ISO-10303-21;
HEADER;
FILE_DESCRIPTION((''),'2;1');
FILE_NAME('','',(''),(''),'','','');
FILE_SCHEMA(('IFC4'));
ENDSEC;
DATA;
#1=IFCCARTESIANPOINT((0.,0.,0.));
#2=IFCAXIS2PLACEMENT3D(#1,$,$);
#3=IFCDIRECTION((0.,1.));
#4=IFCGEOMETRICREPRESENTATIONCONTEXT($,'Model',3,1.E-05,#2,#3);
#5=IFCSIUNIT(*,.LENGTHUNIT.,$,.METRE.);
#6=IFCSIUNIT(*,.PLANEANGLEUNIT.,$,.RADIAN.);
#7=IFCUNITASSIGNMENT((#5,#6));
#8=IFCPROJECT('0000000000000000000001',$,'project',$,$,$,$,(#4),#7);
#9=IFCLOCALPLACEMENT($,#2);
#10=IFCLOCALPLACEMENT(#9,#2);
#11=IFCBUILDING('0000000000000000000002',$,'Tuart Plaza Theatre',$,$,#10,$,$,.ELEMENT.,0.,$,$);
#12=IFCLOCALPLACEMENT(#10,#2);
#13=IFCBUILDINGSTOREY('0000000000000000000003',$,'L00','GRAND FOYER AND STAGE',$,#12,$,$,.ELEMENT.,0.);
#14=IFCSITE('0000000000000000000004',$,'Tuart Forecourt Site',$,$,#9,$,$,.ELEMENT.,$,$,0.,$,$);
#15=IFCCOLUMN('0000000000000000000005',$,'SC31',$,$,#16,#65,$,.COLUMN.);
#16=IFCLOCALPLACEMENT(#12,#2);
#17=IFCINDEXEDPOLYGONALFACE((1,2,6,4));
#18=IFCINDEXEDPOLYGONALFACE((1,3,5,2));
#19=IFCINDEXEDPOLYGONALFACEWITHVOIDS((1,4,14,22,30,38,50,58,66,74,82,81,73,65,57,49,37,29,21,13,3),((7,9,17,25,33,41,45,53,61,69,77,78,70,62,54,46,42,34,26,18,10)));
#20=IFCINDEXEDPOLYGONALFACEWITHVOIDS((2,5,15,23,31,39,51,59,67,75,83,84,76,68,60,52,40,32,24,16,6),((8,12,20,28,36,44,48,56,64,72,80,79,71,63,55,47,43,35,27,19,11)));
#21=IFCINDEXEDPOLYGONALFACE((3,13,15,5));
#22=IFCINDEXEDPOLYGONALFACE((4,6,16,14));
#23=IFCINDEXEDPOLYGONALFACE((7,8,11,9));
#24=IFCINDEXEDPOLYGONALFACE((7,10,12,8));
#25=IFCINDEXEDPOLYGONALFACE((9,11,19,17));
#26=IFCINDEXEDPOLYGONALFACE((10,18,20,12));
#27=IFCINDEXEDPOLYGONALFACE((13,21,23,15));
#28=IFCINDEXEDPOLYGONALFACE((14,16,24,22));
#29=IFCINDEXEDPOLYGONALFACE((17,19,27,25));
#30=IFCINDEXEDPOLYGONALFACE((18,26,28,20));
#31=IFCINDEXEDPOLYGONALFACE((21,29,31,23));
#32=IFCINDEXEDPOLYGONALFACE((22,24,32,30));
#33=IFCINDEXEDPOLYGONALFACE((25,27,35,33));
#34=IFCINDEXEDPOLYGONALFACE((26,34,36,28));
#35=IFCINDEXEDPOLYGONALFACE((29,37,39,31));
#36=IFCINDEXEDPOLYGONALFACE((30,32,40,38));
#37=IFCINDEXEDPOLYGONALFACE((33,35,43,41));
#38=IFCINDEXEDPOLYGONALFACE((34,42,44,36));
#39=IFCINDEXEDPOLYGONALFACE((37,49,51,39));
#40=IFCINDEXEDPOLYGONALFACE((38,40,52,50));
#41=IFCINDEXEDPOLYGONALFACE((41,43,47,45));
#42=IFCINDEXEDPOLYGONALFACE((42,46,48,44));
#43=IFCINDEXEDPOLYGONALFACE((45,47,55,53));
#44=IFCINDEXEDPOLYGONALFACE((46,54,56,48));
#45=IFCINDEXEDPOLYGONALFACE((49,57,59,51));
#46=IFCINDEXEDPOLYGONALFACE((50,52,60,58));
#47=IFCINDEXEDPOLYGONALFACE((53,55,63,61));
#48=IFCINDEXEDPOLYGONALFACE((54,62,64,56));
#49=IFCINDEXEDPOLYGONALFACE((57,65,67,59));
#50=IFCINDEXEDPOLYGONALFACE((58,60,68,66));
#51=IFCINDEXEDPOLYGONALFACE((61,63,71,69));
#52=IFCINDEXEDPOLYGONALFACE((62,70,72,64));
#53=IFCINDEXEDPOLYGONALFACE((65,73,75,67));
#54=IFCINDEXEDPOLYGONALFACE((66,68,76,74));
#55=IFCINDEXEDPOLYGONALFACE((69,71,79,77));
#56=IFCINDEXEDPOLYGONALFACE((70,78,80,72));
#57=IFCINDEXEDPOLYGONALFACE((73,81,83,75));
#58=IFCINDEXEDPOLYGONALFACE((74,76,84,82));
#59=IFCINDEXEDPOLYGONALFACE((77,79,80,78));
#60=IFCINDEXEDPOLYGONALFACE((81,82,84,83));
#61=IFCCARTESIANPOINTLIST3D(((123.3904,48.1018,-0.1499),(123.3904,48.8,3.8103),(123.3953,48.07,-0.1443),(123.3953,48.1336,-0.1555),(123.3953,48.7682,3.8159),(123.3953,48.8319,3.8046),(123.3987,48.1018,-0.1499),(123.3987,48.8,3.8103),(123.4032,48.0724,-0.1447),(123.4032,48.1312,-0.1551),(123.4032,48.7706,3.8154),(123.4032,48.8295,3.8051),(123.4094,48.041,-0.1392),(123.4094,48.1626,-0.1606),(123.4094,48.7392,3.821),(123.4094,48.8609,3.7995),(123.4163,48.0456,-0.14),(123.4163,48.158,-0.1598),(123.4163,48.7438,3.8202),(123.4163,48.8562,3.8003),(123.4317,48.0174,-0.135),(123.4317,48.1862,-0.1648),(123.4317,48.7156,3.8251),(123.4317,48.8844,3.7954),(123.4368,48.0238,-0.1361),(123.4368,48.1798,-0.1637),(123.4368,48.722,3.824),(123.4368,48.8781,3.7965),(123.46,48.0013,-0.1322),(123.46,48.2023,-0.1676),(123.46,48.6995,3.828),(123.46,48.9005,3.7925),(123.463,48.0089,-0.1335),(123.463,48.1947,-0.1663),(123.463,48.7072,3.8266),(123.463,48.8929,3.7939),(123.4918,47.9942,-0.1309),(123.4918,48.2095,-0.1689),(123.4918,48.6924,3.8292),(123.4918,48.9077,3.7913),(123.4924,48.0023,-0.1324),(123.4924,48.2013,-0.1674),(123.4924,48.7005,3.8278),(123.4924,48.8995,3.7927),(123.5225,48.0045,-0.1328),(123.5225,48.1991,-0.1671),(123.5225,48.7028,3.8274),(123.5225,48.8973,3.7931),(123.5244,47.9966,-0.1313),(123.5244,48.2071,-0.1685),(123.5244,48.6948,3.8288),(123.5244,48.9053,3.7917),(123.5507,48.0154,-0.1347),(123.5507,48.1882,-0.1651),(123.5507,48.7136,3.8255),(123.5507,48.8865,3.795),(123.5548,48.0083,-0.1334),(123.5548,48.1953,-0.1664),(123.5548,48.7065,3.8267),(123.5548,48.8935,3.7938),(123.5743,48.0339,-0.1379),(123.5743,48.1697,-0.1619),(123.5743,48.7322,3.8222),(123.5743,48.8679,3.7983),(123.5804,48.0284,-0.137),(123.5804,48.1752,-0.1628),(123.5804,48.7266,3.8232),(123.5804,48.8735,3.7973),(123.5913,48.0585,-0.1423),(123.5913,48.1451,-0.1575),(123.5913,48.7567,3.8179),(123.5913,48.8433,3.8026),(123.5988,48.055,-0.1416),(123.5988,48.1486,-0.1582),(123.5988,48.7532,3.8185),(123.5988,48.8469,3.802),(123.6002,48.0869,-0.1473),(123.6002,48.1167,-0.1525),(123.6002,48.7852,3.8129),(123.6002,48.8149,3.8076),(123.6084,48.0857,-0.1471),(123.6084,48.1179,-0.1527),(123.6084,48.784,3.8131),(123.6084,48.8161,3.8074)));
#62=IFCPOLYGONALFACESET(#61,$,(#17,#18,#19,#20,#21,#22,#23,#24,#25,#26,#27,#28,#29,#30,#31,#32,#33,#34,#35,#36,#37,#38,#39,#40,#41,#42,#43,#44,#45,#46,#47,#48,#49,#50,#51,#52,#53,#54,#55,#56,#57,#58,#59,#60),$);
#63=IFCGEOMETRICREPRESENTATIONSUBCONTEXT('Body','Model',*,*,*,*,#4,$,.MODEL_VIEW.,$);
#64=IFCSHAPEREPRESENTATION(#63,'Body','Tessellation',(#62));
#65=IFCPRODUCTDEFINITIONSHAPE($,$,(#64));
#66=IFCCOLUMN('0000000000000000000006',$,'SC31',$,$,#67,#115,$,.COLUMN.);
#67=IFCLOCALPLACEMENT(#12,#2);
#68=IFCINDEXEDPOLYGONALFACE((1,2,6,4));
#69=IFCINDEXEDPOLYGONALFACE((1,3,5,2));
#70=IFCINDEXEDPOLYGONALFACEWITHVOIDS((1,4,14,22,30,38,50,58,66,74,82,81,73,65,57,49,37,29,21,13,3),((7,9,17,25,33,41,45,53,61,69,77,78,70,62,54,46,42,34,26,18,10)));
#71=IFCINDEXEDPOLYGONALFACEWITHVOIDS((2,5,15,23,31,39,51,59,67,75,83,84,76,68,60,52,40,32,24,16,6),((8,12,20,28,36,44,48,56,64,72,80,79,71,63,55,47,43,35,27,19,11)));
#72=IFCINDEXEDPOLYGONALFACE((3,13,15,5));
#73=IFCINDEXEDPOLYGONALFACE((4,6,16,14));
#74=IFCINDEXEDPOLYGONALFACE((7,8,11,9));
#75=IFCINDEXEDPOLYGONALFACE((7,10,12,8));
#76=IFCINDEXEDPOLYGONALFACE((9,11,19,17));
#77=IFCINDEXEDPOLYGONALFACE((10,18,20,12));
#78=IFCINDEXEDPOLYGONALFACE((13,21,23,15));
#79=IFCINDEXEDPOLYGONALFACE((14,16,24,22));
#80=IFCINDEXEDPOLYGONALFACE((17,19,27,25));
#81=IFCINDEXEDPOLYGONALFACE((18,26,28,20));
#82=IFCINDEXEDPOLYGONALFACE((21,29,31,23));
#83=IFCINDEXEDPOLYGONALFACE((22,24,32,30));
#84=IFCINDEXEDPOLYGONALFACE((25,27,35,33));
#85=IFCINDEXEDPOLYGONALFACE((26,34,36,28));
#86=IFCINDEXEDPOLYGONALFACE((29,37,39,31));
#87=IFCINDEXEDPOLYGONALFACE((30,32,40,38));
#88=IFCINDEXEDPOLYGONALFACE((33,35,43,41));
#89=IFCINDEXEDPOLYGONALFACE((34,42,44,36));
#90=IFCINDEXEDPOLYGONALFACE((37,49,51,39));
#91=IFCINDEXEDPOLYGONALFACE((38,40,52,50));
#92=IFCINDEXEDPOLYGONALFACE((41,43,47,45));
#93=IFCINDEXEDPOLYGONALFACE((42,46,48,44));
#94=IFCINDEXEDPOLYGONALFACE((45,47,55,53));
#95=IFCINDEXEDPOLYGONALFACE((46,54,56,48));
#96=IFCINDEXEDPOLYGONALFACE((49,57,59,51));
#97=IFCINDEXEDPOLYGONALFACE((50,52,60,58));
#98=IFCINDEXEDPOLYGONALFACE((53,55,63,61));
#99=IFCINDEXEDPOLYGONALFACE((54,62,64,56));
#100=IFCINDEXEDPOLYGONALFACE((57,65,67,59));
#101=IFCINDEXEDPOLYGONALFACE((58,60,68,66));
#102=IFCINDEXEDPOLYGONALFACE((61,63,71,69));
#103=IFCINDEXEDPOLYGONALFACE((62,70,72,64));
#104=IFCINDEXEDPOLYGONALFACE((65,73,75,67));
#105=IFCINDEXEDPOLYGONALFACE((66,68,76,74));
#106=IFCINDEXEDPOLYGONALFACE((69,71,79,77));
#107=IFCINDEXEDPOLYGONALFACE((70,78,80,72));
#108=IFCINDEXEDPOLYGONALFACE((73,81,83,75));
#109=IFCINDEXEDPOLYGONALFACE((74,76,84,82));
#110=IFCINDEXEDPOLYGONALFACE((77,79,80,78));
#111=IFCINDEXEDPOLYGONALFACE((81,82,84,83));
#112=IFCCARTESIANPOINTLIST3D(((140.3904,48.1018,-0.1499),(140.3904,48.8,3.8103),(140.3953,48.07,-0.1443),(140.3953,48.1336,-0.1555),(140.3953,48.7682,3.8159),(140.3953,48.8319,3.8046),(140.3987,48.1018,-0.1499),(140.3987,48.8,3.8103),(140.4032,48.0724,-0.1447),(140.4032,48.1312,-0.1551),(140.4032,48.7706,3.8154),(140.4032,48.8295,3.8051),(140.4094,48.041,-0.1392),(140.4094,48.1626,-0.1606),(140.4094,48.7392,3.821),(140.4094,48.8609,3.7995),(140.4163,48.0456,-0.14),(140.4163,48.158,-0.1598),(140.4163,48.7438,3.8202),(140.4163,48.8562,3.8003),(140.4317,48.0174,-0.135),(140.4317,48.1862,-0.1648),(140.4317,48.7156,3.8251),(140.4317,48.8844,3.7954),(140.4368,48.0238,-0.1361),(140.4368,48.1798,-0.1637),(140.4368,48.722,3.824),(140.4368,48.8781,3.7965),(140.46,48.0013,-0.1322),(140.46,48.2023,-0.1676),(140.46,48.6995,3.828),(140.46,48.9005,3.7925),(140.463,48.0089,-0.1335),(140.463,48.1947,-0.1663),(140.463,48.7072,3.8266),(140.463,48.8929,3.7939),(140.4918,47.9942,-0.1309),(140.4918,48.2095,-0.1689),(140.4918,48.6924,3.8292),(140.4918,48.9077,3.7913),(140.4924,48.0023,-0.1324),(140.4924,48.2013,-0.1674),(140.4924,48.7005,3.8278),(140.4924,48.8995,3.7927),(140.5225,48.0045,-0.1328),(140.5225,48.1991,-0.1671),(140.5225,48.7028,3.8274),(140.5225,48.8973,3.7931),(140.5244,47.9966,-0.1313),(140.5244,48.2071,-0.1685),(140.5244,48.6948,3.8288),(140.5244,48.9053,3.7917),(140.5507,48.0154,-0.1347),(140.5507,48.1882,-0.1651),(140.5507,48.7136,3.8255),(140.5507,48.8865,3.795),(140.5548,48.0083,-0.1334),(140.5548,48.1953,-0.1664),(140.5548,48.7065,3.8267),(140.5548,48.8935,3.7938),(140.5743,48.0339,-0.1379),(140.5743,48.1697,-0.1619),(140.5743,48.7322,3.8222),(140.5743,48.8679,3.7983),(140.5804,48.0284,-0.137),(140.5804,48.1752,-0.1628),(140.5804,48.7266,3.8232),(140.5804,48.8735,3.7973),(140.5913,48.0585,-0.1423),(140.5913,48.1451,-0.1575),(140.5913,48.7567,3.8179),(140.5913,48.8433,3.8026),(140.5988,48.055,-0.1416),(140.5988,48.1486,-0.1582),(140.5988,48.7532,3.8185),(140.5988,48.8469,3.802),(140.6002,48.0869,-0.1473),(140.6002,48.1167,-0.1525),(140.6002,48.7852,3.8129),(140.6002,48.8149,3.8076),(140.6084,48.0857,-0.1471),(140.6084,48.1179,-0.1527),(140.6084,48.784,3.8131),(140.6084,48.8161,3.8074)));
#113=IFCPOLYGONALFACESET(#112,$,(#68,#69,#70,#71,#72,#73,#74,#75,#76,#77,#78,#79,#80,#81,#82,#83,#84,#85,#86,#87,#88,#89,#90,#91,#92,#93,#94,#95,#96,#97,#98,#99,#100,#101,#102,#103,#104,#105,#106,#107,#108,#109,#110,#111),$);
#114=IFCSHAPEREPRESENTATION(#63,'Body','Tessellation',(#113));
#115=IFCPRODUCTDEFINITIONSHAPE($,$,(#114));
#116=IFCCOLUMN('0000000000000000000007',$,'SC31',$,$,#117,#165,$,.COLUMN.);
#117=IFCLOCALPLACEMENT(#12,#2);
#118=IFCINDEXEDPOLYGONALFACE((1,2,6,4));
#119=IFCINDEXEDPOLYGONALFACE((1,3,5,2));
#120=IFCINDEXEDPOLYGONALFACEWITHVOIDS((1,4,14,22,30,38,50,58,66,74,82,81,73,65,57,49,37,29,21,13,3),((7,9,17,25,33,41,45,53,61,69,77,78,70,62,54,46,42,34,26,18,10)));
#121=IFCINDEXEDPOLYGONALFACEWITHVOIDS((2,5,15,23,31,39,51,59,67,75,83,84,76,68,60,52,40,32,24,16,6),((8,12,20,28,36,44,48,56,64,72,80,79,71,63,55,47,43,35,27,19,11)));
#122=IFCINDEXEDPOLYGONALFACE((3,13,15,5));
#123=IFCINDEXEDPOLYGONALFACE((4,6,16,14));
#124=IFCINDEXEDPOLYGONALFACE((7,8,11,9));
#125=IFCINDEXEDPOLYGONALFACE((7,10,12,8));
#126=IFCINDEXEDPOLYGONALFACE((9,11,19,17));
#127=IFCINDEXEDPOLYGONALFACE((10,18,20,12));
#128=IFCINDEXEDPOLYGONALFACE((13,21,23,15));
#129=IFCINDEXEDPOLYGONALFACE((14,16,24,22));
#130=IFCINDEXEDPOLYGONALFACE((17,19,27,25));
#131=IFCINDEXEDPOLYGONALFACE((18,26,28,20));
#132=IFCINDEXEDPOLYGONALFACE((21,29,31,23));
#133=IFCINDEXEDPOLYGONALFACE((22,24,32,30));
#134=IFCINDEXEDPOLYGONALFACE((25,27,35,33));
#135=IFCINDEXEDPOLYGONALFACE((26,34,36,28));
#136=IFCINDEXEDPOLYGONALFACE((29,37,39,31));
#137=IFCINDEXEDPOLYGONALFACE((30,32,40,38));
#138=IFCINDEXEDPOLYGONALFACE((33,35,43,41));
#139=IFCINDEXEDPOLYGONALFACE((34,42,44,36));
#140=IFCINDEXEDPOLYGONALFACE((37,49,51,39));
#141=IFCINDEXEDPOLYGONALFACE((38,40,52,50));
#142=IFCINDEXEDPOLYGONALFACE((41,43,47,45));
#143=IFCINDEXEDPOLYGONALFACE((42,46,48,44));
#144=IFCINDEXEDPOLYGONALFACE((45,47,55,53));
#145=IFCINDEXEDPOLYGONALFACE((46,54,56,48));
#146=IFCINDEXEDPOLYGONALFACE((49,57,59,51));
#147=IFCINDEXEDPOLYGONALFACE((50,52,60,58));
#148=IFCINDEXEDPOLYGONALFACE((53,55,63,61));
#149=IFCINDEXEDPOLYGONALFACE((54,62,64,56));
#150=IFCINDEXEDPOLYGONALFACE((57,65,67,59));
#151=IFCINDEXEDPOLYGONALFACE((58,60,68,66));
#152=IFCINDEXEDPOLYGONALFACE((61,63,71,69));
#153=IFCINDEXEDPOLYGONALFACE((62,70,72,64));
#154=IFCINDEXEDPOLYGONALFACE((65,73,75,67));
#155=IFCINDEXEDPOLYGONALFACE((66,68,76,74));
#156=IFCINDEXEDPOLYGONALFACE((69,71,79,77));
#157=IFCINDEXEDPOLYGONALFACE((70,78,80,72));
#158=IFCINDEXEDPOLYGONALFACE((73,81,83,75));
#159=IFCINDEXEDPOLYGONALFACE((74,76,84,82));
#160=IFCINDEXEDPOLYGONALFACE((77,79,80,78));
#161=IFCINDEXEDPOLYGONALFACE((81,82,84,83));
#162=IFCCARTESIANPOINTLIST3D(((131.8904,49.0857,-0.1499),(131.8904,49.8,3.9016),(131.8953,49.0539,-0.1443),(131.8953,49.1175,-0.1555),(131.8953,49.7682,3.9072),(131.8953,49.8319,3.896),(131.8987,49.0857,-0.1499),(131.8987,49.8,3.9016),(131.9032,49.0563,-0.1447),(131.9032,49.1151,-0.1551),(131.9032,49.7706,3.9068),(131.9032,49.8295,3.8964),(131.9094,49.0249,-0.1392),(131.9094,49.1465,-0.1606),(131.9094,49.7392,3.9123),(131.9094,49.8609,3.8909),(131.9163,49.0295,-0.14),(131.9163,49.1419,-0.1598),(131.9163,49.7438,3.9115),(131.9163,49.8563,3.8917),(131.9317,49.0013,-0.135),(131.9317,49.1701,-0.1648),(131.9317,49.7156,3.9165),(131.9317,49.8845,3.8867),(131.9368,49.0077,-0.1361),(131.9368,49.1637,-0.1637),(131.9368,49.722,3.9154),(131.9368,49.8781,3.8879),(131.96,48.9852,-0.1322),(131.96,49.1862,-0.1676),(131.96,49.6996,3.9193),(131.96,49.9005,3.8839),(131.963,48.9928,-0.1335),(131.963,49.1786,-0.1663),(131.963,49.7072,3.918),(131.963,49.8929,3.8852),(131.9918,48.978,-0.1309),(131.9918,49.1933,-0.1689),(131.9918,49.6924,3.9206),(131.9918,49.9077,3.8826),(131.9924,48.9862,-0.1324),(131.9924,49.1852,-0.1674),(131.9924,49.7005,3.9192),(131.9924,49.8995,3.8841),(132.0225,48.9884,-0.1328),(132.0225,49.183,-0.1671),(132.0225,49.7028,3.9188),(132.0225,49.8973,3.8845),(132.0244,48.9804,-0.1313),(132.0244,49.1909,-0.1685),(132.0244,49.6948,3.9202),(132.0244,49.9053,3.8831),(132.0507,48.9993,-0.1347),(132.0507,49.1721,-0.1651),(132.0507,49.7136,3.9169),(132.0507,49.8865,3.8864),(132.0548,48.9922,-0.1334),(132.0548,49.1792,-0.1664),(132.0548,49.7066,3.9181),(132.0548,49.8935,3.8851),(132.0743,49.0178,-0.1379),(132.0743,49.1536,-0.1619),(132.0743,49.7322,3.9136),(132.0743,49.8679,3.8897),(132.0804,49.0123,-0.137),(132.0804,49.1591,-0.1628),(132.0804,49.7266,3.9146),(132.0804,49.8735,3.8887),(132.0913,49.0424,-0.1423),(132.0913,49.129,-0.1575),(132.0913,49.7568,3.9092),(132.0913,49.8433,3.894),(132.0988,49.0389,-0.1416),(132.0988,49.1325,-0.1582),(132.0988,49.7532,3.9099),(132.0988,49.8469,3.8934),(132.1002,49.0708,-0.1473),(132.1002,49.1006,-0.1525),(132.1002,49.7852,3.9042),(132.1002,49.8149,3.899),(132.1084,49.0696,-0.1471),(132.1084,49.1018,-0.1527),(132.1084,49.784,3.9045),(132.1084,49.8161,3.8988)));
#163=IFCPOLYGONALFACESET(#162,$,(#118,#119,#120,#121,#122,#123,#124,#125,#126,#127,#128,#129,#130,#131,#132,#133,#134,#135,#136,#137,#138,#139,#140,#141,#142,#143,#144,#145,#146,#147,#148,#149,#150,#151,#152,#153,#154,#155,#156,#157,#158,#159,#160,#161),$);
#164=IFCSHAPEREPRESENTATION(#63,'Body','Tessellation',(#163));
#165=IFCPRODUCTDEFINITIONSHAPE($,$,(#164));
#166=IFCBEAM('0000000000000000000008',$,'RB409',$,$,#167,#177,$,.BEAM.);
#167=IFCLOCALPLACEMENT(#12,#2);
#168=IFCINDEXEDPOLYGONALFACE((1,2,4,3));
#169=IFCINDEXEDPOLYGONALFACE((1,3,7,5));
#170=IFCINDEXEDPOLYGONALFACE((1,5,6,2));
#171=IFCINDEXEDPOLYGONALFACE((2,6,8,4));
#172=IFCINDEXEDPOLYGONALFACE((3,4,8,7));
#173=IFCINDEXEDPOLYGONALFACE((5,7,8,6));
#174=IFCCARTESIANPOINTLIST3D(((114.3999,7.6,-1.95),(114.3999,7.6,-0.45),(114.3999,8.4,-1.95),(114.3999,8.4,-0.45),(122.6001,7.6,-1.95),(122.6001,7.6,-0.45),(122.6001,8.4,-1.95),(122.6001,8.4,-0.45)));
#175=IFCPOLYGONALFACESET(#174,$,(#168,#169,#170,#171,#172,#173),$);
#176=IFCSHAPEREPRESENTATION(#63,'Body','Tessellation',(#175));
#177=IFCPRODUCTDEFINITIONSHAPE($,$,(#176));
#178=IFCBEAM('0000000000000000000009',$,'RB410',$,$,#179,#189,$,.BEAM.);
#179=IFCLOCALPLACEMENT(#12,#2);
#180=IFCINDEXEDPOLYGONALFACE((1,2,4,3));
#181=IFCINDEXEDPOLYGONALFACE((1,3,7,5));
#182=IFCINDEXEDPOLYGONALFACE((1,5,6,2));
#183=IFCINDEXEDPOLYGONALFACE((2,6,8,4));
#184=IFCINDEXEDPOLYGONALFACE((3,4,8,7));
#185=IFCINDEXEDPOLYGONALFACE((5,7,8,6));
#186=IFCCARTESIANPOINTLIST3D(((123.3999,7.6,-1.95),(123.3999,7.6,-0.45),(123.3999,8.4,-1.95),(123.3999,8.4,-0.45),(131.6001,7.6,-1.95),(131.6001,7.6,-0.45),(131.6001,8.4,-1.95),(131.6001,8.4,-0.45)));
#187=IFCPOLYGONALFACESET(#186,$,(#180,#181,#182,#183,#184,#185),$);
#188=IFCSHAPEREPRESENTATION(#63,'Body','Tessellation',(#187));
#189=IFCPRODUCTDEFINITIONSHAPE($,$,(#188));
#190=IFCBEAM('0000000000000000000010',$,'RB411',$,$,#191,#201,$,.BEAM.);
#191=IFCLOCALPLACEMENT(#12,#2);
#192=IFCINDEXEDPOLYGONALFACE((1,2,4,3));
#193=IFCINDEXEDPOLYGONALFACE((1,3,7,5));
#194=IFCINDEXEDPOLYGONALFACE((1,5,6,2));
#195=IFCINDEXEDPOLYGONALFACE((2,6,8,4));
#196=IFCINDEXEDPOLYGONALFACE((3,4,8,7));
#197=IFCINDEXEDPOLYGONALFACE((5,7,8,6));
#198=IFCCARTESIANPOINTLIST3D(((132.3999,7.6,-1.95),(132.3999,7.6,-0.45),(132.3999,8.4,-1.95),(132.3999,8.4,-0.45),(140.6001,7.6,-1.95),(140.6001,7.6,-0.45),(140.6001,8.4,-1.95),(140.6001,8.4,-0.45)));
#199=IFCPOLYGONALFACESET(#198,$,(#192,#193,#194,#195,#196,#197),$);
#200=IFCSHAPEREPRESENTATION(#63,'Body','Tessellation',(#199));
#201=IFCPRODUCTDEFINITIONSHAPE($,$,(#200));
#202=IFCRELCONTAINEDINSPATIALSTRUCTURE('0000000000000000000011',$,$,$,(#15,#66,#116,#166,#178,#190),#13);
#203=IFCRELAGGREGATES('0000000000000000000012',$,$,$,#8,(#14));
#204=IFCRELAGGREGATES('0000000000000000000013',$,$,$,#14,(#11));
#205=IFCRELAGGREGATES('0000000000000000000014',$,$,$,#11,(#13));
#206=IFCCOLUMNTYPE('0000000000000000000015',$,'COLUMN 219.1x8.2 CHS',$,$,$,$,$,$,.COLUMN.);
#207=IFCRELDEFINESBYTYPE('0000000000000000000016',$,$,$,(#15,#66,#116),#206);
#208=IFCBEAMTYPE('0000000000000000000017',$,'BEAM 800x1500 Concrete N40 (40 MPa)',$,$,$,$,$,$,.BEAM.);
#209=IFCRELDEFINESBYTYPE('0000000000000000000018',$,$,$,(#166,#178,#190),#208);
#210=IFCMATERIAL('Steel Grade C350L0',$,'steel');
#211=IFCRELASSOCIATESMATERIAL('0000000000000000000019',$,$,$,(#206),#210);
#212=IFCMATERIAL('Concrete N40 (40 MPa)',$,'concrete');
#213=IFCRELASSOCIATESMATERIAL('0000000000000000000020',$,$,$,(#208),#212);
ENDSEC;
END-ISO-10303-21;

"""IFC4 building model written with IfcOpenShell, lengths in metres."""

from ifc_helpers import new_model, si_unit, direction, frame, origin, origin_2d, place, context, subcontext, project, spatial, rectangle, hollow_circle, extrude, material, material_profile, profile_set, type_object, element, save


model = new_model("IFC4")

# Units and contexts
model_context = context("Model", 3, precision=1e-05, world=origin(), true_north=direction((0.0, 1.0)))
body_context = subcontext(model_context, "Body", "Model", "MODEL_VIEW")
ifc_project = project(units=[si_unit("LENGTHUNIT", "METRE"), si_unit("PLANEANGLEUNIT", "RADIAN")], contexts=[model_context])

# Site, building, storey
site_placement = place(None, origin())
site = spatial("IfcSite", under=ifc_project, at=site_placement, Name="Tuart Forecourt Site", CompositionType="ELEMENT", RefElevation=0.0)
building_placement = place(site_placement, origin())
building = spatial("IfcBuilding", under=site, at=building_placement, Name="Tuart Plaza Theatre", CompositionType="ELEMENT", ElevationOfRefHeight=0.0)
storey_placement = place(building_placement, origin())
storey = spatial("IfcBuildingStorey", under=building, at=storey_placement, Name="L00", Description="GRAND FOYER AND STAGE", CompositionType="ELEMENT", Elevation=0.0)

# Columns
ifc_material_1 = material(Name="Steel Grade C350L0", Category="steel")
ifc_material_profile_1 = material_profile(ifc_material_1, hollow_circle(Radius=0.1096, WallThickness=0.0083, at=origin_2d()), Name="219.1x8.2 CHS")
ifc_profile_set_1 = profile_set([ifc_material_profile_1], Name="Steel Grade C350L0")
column_type = type_object("IfcColumnType", Name="COLUMN 219.1x8.2 CHS", PredefinedType="COLUMN", material=ifc_profile_set_1)
for number, where, z_axis, x_axis, name in (
    (1, (123.5, 48.1018, -0.1499), (0.0, 0.173636, 0.98481), (-1.0, 0.0, 0.0), "SC31"),
    (2, (140.5, 48.1018, -0.1499), (0.0, 0.173636, 0.98481), (-1.0, 0.0, 0.0), "SC31"),
):
    element("IfcColumn", number, at=place(storey_placement, frame(where, z_axis=z_axis, x_axis=x_axis)), inside=storey, type_object=column_type, Name=name, PredefinedType="COLUMN", context=body_context, shape_type="SweptSolid", body=[
        extrude(hollow_circle(Radius=0.1096, WallThickness=0.0083, at=origin_2d()), origin(), (0.0, 0.0, 1.0), 4.0212),
    ])
column_placement = place(storey_placement, frame((132.0, 49.0857, -0.1499), z_axis=(0.0, 0.17364, 0.984809), x_axis=(-1.0, 0.0, 0.0)))
element("IfcColumn", 3, at=column_placement, inside=storey, type_object=column_type, Name="SC31", PredefinedType="COLUMN", context=body_context, shape_type="SweptSolid", body=[
    extrude(hollow_circle(Radius=0.1096, WallThickness=0.0083, at=origin_2d()), origin(), (0.0, 0.0, 1.0), 4.114),
])

# Beams
ifc_material_2 = material(Name="Concrete N40 (40 MPa)", Category="concrete")
ifc_material_profile_2 = material_profile(ifc_material_2, rectangle(XDim=0.8, YDim=1.5, at=origin_2d()), Name="BEAM 800x1500 Concrete N40 (40 MPa)")
ifc_profile_set_2 = profile_set([ifc_material_profile_2], Name="Concrete N40 (40 MPa)")
beam_type_1 = type_object("IfcBeamType", Name="BEAM 800x1500 Concrete N40 (40 MPa)", PredefinedType="BEAM", material=ifc_profile_set_2)
for number, where, z_axis, x_axis, name in (
    (4, (114.3999, 8.0, -1.2), (1.0, 0.0, 0.0), (0.0, 1.0, 0.0), "RB409"),
    (5, (123.3999, 8.0, -1.2), (1.0, 0.0, 0.0), (0.0, 1.0, 0.0), "RB410"),
    (6, (132.3999, 8.0, -1.2), (1.0, 0.0, 0.0), (0.0, 1.0, 0.0), "RB411"),
):
    element("IfcBeam", number, at=place(storey_placement, frame(where, z_axis=z_axis, x_axis=x_axis)), inside=storey, type_object=beam_type_1, Name=name, PredefinedType="BEAM", context=body_context, shape_type="SweptSolid", body=[
        extrude(rectangle(XDim=0.8, YDim=1.5, at=origin_2d()), origin(), (0.0, 0.0, 1.0), 8.2002),
    ])

save(model, "model.ifc")
